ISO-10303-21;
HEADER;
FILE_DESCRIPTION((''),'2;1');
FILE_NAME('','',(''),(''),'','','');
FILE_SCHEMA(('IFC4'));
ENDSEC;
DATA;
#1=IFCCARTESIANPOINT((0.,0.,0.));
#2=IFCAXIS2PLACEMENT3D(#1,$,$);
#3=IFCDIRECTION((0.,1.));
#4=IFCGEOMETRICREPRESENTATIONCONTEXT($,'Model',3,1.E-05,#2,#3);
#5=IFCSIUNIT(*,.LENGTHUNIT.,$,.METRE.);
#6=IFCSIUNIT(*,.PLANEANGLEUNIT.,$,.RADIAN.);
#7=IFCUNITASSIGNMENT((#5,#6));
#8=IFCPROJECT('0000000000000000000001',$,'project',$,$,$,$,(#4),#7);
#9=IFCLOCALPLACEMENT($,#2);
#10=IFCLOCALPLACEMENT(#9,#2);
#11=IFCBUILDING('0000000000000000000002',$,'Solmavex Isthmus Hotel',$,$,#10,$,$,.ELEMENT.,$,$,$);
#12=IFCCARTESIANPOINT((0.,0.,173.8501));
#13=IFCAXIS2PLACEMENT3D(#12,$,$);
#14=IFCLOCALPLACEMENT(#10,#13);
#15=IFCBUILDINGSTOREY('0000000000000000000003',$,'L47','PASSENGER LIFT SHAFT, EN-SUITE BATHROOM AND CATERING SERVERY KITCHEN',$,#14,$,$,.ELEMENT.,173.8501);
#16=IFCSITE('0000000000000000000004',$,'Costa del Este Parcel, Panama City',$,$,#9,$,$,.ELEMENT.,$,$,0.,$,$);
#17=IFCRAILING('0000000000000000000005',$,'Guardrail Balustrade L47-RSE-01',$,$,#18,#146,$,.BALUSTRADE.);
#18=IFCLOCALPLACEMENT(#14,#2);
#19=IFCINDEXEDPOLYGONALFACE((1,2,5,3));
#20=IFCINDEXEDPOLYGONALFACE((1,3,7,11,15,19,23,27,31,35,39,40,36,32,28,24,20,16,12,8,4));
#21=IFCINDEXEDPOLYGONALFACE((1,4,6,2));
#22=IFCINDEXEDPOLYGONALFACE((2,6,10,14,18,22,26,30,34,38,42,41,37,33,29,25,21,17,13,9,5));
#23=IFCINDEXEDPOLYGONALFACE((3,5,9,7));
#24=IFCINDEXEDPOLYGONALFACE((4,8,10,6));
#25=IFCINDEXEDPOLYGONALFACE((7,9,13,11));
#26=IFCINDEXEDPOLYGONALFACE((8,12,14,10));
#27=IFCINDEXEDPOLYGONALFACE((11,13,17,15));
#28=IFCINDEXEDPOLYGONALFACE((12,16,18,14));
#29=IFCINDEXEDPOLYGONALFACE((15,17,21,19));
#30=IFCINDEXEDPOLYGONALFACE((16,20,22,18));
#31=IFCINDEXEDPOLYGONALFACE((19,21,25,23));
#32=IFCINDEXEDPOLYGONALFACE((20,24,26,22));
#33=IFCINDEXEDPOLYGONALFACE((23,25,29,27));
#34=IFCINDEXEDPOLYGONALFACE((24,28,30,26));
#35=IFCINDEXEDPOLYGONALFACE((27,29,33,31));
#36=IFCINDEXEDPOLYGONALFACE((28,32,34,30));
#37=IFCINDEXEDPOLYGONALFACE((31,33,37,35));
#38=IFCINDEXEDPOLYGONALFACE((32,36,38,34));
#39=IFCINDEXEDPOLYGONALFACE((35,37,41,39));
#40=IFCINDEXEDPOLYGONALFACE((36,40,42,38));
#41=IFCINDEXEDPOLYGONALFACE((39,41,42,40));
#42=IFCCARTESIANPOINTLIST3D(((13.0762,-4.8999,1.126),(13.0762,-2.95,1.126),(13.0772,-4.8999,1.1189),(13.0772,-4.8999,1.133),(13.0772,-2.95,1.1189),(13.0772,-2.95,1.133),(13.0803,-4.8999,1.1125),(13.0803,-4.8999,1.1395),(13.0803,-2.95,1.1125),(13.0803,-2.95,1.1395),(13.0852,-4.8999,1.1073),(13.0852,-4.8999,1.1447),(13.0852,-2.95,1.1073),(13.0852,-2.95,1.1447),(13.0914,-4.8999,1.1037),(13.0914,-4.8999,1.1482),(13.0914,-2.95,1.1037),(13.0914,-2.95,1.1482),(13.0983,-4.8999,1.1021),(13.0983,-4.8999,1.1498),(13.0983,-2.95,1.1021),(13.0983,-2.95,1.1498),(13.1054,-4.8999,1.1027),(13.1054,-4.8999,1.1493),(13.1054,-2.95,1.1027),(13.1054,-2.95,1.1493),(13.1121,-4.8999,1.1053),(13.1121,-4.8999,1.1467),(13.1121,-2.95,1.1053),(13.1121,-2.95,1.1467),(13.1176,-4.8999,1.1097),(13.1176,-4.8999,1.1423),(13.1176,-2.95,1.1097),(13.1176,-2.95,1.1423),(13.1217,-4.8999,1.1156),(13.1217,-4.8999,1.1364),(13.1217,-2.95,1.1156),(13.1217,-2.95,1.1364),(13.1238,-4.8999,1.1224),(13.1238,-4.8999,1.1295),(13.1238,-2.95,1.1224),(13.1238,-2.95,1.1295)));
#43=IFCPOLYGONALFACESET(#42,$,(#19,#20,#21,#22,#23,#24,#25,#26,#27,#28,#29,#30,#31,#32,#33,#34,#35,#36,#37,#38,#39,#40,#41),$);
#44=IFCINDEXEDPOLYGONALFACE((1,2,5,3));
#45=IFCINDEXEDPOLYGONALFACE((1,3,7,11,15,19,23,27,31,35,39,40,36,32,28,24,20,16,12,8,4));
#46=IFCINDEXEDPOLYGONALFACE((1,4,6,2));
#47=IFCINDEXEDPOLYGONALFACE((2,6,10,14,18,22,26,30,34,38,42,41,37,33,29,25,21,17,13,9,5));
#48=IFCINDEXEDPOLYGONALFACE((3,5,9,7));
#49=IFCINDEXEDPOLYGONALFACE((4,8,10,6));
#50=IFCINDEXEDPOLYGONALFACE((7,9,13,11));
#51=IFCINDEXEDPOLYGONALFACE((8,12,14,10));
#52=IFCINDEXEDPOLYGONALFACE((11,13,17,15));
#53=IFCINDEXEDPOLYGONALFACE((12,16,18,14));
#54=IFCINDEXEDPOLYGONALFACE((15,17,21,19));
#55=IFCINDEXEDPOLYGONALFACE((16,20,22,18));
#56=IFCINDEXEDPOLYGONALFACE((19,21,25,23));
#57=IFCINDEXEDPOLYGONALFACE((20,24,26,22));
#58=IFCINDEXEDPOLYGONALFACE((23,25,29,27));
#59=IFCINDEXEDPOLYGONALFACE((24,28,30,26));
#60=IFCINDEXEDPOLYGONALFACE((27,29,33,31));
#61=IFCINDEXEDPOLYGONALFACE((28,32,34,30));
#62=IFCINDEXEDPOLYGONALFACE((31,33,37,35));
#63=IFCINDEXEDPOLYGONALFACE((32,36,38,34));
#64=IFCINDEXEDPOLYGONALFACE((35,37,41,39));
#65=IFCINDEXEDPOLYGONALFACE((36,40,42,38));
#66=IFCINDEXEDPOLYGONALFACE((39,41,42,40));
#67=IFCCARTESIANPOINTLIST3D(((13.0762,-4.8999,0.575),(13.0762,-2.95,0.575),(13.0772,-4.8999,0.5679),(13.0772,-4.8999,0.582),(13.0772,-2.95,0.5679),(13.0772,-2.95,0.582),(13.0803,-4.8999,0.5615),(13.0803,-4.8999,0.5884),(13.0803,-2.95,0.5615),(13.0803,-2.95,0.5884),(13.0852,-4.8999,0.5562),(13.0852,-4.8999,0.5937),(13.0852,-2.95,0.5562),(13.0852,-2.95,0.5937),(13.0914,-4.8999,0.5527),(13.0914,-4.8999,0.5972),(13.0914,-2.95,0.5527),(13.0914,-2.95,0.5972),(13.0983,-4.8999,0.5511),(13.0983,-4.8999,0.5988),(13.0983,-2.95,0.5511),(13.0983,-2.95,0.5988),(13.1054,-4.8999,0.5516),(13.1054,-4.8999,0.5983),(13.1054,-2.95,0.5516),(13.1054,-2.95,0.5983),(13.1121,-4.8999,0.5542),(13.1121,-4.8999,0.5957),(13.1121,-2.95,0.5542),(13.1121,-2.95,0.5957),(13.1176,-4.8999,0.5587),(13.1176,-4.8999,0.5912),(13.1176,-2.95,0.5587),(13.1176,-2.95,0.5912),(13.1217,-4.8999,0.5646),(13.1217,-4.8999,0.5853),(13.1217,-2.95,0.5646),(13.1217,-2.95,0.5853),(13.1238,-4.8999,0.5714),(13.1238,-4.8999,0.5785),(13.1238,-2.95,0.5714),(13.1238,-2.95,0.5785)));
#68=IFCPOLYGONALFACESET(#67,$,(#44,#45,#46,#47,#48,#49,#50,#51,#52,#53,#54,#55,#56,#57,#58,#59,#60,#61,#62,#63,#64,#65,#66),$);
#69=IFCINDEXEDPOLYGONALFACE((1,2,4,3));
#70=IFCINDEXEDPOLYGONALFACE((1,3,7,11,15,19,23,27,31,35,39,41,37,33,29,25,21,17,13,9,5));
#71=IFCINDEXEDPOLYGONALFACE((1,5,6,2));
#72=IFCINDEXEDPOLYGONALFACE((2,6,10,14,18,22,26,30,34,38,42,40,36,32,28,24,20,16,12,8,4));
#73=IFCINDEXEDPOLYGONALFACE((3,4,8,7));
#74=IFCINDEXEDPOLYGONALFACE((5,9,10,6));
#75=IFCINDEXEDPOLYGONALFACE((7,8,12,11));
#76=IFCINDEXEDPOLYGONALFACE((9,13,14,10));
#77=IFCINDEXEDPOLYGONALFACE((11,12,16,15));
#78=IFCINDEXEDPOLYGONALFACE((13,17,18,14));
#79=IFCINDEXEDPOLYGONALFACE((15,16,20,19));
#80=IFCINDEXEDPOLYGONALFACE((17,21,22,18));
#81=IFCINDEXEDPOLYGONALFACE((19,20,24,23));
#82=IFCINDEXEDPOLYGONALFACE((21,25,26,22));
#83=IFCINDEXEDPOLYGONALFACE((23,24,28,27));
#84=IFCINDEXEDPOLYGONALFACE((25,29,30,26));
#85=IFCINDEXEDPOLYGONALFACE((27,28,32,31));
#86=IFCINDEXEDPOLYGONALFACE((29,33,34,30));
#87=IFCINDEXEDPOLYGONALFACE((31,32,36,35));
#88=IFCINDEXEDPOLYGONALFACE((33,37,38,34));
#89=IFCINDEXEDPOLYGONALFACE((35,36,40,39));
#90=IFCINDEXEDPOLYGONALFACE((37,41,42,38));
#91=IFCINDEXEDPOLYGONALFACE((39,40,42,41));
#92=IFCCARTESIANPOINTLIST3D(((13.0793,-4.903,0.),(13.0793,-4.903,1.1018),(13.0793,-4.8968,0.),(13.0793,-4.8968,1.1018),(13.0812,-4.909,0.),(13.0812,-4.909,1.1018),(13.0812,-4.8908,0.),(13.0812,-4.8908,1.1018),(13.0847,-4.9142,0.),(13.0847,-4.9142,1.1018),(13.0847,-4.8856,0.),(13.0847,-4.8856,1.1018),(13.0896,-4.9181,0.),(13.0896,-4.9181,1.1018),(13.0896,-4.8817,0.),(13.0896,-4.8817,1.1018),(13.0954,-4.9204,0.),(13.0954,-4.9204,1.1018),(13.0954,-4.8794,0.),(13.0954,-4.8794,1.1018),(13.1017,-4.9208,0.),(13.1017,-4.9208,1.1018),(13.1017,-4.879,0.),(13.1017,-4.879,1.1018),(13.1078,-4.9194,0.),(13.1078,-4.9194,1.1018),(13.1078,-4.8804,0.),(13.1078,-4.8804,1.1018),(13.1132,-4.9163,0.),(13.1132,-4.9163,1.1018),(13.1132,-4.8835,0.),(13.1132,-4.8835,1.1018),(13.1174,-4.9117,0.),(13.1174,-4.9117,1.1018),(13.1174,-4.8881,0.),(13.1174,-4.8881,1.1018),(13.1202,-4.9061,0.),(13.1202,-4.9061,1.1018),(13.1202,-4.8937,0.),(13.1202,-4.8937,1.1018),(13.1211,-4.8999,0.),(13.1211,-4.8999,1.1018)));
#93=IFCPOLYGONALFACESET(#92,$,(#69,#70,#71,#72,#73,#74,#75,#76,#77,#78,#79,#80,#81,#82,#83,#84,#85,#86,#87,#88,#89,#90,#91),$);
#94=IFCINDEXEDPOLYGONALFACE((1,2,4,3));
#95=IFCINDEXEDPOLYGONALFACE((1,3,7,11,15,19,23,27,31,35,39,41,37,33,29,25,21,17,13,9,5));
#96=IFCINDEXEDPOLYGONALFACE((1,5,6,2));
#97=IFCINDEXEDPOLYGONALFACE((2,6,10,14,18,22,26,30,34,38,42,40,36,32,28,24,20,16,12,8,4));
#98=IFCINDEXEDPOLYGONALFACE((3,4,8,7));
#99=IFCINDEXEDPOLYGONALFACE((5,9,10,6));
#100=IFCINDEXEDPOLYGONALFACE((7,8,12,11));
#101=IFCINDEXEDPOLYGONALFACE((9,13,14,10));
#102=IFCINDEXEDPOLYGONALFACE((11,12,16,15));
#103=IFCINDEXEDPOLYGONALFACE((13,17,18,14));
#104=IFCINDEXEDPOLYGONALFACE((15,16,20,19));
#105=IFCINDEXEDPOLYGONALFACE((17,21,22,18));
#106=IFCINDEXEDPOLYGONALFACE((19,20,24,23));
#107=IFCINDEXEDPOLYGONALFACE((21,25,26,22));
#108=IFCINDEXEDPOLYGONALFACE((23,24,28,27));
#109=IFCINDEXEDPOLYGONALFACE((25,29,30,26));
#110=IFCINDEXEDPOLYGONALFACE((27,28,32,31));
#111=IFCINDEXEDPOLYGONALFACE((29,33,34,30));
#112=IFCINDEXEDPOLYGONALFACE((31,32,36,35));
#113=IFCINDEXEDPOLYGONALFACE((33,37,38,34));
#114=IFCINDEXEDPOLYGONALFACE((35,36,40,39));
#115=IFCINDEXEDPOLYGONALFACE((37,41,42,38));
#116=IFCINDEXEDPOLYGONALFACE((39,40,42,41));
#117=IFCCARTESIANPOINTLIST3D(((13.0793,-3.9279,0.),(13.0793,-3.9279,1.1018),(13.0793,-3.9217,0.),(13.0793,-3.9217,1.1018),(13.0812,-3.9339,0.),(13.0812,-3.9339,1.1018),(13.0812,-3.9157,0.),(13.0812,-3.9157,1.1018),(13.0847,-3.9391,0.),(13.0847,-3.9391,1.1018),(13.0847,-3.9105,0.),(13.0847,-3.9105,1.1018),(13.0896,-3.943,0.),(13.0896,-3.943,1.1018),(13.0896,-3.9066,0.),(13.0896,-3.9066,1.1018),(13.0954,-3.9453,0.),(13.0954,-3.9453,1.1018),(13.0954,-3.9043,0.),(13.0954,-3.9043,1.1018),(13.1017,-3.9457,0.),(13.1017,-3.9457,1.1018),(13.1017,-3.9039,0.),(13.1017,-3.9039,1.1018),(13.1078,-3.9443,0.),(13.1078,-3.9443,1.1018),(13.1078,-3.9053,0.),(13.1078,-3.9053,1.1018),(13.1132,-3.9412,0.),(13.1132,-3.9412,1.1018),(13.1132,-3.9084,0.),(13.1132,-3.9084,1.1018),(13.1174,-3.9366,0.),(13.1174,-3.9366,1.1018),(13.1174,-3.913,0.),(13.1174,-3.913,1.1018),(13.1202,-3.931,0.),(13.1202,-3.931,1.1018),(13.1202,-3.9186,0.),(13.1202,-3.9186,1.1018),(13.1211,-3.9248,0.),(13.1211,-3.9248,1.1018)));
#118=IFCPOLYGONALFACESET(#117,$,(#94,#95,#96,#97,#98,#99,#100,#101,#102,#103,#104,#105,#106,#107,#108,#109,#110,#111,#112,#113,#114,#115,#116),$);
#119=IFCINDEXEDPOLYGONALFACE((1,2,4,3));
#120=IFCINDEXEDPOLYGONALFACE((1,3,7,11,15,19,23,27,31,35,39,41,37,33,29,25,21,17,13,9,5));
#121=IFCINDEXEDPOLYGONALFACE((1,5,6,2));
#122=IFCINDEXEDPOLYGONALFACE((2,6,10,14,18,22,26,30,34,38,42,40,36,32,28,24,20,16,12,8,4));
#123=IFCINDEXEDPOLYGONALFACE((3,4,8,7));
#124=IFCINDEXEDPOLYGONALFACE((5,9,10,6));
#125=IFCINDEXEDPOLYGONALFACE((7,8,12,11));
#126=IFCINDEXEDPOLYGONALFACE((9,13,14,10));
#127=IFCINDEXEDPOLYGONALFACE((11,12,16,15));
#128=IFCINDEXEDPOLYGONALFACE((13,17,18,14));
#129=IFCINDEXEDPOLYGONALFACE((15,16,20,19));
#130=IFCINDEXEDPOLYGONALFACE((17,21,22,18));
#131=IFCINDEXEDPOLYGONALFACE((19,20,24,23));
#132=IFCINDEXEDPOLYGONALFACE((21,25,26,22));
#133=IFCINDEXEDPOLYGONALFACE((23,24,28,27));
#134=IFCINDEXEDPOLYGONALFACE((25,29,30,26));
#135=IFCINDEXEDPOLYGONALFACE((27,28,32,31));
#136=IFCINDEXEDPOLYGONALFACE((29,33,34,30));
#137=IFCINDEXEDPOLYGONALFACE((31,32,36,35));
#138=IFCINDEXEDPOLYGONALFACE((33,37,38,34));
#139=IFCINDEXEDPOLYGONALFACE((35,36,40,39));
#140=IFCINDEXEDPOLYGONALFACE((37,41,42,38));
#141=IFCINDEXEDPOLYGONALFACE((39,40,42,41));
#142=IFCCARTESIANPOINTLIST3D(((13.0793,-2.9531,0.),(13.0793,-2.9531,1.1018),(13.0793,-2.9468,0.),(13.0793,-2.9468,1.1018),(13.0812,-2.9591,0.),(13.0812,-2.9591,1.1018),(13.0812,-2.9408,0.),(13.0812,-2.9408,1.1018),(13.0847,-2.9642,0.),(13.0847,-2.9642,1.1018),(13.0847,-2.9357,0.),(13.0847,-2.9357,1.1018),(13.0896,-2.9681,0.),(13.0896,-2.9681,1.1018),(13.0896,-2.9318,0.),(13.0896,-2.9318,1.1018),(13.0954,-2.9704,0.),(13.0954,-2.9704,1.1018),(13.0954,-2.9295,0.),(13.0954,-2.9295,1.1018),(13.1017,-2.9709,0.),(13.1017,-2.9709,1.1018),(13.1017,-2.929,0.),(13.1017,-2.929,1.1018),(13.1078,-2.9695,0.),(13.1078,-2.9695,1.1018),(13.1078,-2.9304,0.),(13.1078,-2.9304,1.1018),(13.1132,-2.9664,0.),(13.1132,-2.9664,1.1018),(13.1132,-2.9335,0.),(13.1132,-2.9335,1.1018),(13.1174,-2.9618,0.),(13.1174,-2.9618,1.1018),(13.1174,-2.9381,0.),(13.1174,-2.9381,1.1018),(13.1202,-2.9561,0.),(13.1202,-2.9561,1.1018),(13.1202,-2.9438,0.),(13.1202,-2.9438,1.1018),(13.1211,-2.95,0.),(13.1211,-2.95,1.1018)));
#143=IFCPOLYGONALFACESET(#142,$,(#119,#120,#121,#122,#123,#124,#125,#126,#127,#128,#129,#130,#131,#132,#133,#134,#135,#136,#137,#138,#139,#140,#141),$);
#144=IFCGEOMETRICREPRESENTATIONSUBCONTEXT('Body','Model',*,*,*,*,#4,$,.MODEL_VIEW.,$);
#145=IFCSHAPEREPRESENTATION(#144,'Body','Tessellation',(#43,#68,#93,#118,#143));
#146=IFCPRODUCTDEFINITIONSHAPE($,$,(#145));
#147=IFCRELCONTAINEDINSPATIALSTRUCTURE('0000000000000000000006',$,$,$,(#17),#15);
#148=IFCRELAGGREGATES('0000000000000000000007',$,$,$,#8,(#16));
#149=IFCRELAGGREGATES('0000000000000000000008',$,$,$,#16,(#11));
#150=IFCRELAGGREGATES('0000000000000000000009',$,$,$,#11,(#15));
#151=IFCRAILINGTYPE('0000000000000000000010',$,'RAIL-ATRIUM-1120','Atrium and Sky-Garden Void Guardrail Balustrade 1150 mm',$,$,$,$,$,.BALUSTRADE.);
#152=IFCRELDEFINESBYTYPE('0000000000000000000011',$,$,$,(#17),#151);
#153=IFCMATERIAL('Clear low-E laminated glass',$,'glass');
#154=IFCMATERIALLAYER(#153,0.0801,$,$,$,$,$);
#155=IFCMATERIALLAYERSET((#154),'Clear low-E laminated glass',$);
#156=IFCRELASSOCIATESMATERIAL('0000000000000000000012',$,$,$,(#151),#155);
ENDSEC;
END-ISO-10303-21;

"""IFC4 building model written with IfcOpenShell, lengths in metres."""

from ifc_helpers import new_model, si_unit, direction, frame, origin, origin_2d, place, context, subcontext, project, spatial, circle, extrude, material, layer, layer_set, type_object, element, save


model = new_model("IFC4")

# Units and contexts
model_context = context("Model", 3, precision=1e-05, world=origin(), true_north=direction((0.0, 1.0)))
body_context = subcontext(model_context, "Body", "Model", "MODEL_VIEW")
ifc_project = project(units=[si_unit("LENGTHUNIT", "METRE"), si_unit("PLANEANGLEUNIT", "RADIAN")], contexts=[model_context])

# Site, building, storey
site_placement = place(None, origin())
site = spatial("IfcSite", under=ifc_project, at=site_placement, Name="Costa del Este Parcel, Panama City", CompositionType="ELEMENT", RefElevation=0.0)
building_placement = place(site_placement, origin())
building = spatial("IfcBuilding", under=site, at=building_placement, Name="Solmavex Isthmus Hotel", CompositionType="ELEMENT")
storey_placement = place(building_placement, frame((0.0, 0.0, 173.8501)))
storey = spatial("IfcBuildingStorey", under=building, at=storey_placement, Name="L47", Description="PASSENGER LIFT SHAFT, EN-SUITE BATHROOM AND CATERING SERVERY KITCHEN", CompositionType="ELEMENT", Elevation=173.8501)

# Railing
ifc_material_1 = material(Name="Clear low-E laminated glass", Category="glass")
ifc_layer_1 = layer(ifc_material_1, 0.0801)
ifc_layer_set_1 = layer_set([ifc_layer_1], Name="Clear low-E laminated glass")
railing_type_1 = type_object("IfcRailingType", Name="RAIL-ATRIUM-1120", Description="Atrium and Sky-Garden Void Guardrail Balustrade 1150 mm", PredefinedType="BALUSTRADE", material=ifc_layer_set_1)
railing_1_placement = place(storey_placement, frame((13.1001, -4.8999, 0.0)))
element("IfcRailing", 1, at=railing_1_placement, inside=storey, type_object=railing_type_1, Name="Guardrail Balustrade L47-RSE-01", PredefinedType="BALUSTRADE", context=body_context, shape_type="SweptSolid", body=[
    extrude(circle(Radius=0.0239, at=origin_2d()), frame((0.0, 0.0, 1.126), z_axis=(0.0, 1.0, 0.0), x_axis=(-1.0, 0.0, 0.0)), (0.0, 0.0, 1.0), 1.95),
    extrude(circle(Radius=0.0239, at=origin_2d()), frame((0.0, 0.0, 0.575), z_axis=(0.0, 1.0, 0.0), x_axis=(-1.0, 0.0, 0.0)), (0.0, 0.0, 1.0), 1.95),
    extrude(circle(Radius=0.021, at=origin_2d()), origin(), (0.0, 0.0, 1.0), 1.1018),
    extrude(circle(Radius=0.021, at=origin_2d()), frame((0.0, 0.9751, 0.0)), (0.0, 0.0, 1.0), 1.1018),
    extrude(circle(Radius=0.021, at=origin_2d()), frame((0.0, 1.95, 0.0)), (0.0, 0.0, 1.0), 1.1018),
])

save(model, "model.ifc")
